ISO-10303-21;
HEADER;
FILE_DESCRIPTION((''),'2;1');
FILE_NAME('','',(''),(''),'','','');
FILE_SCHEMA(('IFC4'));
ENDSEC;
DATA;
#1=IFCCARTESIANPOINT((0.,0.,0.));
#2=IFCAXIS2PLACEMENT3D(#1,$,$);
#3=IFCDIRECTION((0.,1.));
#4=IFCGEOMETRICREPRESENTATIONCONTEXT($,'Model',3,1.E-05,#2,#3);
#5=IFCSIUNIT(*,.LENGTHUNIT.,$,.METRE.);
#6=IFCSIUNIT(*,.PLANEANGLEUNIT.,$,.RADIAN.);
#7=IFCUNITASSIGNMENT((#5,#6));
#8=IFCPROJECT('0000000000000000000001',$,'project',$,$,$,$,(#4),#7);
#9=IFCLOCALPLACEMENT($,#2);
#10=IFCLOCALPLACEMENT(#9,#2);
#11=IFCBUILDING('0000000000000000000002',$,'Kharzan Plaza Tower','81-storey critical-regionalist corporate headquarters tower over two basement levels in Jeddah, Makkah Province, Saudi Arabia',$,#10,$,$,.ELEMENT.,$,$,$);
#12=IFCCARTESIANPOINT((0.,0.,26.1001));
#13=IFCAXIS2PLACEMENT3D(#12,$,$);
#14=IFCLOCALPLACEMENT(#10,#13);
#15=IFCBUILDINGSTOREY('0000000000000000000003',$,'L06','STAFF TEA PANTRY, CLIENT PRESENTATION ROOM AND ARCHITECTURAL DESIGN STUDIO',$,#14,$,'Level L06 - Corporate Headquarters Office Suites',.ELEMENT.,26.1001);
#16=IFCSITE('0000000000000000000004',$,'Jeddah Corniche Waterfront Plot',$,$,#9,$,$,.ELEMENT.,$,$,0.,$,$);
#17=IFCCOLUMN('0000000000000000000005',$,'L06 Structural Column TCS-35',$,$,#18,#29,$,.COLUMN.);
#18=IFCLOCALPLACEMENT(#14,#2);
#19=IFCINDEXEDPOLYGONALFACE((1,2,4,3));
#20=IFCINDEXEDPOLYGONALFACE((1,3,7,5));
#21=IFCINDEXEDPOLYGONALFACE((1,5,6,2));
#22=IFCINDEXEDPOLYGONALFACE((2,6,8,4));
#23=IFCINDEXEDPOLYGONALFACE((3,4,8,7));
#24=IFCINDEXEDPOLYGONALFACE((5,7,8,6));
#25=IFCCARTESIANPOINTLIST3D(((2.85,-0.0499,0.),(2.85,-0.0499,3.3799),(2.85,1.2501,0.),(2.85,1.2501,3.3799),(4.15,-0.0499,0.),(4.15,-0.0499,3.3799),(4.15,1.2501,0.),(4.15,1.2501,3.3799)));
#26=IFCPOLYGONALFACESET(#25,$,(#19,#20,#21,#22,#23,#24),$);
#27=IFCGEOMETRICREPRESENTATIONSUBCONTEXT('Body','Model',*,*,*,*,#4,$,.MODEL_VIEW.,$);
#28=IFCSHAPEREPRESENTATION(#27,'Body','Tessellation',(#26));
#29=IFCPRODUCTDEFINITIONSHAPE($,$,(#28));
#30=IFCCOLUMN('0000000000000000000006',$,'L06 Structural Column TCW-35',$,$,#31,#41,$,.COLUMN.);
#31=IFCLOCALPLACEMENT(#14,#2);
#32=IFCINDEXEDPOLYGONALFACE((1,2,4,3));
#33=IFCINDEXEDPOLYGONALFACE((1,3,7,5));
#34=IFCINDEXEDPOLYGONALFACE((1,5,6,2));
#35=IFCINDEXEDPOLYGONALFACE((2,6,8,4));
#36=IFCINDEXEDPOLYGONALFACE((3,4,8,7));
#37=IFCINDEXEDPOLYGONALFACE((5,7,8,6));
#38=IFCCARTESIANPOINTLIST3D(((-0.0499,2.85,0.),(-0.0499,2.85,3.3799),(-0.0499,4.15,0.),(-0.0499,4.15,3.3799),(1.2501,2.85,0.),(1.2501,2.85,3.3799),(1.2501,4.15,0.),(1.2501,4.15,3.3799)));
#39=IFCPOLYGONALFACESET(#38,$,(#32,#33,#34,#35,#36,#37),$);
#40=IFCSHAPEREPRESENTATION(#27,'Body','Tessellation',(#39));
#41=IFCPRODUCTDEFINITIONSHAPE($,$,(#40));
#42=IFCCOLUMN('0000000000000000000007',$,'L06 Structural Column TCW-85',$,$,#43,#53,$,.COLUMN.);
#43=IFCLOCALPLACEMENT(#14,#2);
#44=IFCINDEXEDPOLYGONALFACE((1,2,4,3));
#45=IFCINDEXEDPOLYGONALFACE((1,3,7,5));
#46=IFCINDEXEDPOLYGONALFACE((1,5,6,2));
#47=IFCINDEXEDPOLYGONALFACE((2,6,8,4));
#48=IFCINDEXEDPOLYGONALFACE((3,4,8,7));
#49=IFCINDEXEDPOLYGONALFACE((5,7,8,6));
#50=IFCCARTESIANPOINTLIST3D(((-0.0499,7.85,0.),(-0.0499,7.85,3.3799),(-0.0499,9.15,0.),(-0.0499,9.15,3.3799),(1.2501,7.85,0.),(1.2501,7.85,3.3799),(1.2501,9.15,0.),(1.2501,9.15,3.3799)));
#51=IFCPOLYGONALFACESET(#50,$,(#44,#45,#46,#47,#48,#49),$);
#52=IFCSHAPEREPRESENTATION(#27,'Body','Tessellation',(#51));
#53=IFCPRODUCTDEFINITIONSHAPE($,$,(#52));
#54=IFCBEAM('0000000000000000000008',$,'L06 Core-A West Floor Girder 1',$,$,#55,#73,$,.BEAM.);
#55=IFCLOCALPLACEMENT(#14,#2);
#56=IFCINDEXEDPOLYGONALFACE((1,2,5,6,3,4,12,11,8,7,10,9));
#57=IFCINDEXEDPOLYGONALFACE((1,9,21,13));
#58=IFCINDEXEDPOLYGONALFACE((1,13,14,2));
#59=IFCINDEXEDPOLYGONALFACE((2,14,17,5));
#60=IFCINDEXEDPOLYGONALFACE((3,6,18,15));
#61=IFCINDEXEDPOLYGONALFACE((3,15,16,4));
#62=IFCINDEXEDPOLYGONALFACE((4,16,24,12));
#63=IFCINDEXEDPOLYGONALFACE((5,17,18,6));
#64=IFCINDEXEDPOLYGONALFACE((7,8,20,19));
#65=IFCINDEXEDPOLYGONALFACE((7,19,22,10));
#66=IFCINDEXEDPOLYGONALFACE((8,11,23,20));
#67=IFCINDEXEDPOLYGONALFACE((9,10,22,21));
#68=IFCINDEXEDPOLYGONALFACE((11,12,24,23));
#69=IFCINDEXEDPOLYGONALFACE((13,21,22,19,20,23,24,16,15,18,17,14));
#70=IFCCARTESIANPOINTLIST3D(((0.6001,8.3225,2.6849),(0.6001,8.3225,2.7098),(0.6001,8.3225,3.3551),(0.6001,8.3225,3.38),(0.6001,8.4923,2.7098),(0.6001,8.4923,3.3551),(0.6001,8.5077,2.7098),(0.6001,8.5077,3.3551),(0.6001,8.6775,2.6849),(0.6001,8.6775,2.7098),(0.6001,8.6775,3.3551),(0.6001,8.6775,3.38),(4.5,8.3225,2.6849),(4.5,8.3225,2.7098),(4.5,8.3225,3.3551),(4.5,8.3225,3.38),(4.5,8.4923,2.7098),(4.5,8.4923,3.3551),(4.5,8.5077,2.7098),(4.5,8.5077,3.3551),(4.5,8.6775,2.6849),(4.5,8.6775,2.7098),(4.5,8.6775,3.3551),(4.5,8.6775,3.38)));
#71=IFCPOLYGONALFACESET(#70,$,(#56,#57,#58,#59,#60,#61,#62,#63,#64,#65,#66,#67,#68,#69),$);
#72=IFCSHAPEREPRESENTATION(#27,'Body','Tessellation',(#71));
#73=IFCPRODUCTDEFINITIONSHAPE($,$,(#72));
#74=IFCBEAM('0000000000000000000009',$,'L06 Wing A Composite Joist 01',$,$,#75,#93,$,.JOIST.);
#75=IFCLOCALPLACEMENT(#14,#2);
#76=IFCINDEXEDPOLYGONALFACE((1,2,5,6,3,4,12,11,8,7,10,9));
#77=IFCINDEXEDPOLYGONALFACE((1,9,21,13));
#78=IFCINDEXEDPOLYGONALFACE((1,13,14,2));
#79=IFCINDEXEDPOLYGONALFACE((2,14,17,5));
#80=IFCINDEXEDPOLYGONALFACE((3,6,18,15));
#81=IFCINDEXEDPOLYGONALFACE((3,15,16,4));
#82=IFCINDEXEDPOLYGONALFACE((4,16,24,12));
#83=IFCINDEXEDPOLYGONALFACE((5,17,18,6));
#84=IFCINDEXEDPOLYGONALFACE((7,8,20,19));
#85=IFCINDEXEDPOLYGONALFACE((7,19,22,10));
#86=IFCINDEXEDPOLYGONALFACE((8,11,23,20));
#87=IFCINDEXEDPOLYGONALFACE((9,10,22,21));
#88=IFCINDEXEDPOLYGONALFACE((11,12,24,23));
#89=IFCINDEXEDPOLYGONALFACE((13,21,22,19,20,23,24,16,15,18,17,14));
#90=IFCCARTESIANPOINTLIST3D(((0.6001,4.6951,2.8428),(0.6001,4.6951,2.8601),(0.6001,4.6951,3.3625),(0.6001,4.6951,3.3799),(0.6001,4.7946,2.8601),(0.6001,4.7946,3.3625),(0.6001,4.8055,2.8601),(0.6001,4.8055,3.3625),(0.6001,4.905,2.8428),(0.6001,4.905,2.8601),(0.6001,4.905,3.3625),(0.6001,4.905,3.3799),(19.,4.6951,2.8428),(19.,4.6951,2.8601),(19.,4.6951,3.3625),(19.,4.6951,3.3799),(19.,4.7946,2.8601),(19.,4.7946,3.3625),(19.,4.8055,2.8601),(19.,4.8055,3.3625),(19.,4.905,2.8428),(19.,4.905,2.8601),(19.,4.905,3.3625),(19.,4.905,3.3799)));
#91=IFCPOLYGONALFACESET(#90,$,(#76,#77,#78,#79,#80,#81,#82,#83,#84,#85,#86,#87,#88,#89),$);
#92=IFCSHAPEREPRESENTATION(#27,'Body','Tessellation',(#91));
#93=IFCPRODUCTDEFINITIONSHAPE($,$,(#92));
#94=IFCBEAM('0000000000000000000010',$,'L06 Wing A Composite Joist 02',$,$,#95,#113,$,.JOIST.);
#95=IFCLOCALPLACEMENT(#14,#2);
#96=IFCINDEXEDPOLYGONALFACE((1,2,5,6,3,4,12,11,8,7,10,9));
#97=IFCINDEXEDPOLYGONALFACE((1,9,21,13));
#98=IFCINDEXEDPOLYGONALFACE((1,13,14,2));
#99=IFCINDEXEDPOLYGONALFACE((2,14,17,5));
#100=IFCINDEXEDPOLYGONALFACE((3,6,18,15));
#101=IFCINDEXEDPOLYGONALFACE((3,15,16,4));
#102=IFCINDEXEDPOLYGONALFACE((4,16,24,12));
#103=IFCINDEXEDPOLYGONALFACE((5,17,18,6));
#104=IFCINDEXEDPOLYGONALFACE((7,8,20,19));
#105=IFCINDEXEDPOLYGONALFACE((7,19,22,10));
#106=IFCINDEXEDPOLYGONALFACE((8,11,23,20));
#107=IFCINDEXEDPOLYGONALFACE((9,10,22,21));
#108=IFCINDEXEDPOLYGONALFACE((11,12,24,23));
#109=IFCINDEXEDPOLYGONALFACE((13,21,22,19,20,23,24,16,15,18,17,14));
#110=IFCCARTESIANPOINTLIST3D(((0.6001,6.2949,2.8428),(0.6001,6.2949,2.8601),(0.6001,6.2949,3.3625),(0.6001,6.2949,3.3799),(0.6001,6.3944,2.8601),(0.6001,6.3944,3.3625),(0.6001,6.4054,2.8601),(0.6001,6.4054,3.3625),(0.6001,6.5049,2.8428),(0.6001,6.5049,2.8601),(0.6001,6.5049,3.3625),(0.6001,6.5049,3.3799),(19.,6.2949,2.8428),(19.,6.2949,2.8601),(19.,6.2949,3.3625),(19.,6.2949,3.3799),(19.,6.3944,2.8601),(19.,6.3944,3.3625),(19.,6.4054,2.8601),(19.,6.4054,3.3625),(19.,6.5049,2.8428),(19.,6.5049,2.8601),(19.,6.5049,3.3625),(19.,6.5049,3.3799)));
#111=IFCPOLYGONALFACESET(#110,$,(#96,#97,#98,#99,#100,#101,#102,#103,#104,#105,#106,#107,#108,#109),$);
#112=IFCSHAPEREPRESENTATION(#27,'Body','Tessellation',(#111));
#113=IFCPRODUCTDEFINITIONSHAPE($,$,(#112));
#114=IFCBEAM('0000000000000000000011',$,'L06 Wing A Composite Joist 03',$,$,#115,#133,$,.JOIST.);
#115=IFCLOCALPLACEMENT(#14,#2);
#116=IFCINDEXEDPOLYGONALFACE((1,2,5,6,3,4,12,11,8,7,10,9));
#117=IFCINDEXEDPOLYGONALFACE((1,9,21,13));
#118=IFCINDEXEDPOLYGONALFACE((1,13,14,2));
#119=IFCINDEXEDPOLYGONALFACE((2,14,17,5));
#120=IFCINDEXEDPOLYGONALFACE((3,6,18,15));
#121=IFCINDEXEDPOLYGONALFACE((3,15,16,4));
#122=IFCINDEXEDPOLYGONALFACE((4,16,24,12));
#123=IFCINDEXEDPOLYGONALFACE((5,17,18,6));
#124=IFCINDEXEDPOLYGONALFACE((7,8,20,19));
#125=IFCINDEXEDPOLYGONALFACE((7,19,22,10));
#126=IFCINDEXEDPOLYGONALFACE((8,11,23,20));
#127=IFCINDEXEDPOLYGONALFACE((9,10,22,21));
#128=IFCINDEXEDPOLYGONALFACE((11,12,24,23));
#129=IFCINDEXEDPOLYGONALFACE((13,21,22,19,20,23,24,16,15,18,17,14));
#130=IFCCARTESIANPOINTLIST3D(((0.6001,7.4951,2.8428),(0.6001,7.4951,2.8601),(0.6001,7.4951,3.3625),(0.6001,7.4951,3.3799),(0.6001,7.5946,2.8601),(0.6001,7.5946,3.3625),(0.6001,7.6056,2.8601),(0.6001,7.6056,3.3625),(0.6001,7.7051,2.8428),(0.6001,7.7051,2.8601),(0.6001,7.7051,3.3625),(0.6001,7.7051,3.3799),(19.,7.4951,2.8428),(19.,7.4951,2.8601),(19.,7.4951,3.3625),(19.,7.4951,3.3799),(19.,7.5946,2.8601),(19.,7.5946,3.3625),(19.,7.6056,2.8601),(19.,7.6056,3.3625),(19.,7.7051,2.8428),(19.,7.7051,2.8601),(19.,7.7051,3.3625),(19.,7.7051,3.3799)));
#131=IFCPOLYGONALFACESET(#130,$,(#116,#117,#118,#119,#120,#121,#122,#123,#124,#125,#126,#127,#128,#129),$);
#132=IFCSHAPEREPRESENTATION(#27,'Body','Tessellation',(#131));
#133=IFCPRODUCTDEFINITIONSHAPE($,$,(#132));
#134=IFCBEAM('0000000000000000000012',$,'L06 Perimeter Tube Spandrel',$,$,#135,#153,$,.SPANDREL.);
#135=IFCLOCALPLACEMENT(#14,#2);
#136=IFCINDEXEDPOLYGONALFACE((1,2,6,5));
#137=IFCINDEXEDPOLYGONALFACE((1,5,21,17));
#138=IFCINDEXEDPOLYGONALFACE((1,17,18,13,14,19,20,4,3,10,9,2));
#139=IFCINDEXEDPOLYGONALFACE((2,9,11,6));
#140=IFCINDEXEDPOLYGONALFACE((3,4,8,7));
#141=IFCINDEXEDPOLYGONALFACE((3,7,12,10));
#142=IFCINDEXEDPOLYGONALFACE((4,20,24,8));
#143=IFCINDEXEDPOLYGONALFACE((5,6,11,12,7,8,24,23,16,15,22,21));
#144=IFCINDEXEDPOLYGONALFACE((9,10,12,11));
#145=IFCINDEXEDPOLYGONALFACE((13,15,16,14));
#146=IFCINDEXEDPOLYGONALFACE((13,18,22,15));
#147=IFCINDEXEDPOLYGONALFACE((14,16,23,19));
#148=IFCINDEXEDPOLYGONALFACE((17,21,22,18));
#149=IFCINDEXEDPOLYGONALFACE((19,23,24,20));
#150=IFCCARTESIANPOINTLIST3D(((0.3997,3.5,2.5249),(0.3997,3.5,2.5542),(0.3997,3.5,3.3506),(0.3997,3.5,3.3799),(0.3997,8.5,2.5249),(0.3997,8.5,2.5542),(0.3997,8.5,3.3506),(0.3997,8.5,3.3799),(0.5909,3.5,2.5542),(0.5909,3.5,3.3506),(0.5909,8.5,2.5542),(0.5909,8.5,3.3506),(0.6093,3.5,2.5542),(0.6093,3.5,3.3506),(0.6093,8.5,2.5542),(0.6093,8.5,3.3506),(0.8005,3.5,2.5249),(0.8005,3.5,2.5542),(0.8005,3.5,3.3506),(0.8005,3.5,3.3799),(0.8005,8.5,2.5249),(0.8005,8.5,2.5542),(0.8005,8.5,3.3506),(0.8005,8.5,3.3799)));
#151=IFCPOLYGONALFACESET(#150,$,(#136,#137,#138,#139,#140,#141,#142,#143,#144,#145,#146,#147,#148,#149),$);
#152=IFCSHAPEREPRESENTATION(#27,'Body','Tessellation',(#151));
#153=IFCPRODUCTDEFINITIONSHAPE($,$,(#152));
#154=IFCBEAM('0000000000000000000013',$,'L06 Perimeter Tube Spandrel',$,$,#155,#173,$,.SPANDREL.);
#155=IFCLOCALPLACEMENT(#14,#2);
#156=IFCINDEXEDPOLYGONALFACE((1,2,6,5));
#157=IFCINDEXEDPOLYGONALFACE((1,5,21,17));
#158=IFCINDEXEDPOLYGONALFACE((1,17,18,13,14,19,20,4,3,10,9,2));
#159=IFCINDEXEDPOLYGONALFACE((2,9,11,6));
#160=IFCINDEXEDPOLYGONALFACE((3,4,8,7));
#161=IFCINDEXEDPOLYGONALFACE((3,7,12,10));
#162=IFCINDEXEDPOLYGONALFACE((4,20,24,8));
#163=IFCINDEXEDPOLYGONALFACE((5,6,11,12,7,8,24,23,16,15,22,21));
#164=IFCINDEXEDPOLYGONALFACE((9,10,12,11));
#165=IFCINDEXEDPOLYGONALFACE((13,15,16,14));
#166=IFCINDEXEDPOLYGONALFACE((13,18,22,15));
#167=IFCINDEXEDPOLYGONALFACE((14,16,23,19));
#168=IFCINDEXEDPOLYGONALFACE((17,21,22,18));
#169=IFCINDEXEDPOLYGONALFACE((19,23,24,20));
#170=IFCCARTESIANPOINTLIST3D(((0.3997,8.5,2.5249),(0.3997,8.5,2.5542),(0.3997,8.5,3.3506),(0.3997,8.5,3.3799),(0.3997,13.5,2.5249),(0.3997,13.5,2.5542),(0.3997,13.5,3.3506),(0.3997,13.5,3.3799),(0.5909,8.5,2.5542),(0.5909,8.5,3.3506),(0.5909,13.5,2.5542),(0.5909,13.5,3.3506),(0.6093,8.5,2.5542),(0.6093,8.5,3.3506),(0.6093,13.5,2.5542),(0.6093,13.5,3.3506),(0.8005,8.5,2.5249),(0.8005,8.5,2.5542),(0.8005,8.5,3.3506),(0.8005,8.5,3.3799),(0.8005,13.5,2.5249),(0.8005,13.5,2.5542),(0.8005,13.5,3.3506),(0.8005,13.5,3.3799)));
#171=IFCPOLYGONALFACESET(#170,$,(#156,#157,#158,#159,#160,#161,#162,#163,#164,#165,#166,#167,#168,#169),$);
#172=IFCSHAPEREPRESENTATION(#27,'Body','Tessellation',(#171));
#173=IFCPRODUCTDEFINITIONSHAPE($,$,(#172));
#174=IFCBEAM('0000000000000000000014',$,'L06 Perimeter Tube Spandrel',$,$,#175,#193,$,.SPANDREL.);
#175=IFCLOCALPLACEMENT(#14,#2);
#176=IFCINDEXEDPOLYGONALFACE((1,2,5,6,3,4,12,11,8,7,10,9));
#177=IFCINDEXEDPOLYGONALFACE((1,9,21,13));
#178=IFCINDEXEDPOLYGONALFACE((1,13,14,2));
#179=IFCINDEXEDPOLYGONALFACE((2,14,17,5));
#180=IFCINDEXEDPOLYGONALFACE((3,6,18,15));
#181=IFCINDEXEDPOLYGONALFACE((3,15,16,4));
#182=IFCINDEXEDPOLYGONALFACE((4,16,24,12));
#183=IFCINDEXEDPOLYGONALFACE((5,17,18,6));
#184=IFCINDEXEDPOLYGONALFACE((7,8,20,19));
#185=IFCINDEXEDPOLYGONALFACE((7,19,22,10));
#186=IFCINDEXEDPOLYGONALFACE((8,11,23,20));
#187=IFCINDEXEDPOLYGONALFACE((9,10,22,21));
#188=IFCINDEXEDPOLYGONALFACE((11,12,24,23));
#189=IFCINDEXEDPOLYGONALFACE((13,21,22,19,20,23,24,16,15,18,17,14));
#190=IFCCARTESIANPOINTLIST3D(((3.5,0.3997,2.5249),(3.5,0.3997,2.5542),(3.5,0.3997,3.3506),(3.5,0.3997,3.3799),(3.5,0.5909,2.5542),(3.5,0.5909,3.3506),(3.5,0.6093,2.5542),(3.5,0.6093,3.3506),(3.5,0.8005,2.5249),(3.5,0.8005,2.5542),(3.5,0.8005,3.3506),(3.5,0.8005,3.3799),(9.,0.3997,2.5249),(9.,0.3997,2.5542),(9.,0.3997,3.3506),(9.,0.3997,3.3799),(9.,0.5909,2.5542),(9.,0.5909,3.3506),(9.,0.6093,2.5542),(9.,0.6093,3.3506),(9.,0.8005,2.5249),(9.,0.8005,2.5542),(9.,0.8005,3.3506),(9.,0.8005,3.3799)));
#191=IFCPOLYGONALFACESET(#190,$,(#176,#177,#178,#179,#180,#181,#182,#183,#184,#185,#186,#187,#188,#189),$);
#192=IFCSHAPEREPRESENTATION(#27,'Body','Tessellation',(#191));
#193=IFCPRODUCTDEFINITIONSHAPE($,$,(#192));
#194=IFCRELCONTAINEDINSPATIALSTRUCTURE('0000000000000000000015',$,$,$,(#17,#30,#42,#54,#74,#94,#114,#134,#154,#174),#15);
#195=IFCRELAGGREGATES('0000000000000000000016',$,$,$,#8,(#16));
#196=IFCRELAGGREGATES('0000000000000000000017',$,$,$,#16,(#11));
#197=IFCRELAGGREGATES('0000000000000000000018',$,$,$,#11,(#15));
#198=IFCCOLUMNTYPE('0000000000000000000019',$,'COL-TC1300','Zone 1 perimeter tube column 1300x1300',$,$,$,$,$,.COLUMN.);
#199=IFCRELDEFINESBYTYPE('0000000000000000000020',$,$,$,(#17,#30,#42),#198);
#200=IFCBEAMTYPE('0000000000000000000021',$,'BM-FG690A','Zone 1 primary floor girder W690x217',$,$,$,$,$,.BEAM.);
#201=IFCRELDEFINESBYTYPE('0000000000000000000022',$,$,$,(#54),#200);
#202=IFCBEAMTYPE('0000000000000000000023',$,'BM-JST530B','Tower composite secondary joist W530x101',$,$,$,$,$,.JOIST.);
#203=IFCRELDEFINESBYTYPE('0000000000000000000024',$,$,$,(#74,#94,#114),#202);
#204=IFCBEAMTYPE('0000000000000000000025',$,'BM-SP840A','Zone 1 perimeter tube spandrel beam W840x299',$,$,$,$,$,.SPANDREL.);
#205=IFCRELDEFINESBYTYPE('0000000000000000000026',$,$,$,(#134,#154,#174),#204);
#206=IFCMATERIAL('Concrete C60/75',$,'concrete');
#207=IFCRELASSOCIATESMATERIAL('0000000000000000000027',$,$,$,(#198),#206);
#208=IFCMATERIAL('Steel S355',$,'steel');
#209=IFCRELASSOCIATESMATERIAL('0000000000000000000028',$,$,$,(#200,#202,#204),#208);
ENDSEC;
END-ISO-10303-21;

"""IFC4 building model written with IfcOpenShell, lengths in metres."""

from ifc_helpers import new_model, si_unit, direction, frame, origin, origin_2d, place, context, subcontext, project, spatial, rectangle, i_section, extrude, source, transform, mapped, material, material_profile, profile_set, type_object, element, save


model = new_model("IFC4")

# Units and contexts
model_context = context("Model", 3, precision=1e-05, world=origin(), true_north=direction((0.0, 1.0)))
body_context = subcontext(model_context, "Body", "Model", "MODEL_VIEW")
ifc_project = project(units=[si_unit("LENGTHUNIT", "METRE"), si_unit("PLANEANGLEUNIT", "RADIAN")], contexts=[model_context])

# Site, building, storey
site_placement = place(None, origin())
site = spatial("IfcSite", under=ifc_project, at=site_placement, Name="Jeddah Corniche Waterfront Plot", CompositionType="ELEMENT", RefElevation=0.0)
building_placement = place(site_placement, origin())
building = spatial("IfcBuilding", under=site, at=building_placement, Name="Kharzan Plaza Tower", Description="81-storey critical-regionalist corporate headquarters tower over two basement levels in Jeddah, Makkah Province, Saudi Arabia", CompositionType="ELEMENT")
storey_placement = place(building_placement, frame((0.0, 0.0, 26.1001)))
storey = spatial("IfcBuildingStorey", under=building, at=storey_placement, Name="L06", Description="STAFF TEA PANTRY, CLIENT PRESENTATION ROOM AND ARCHITECTURAL DESIGN STUDIO", LongName="Level L06 - Corporate Headquarters Office Suites", CompositionType="ELEMENT", Elevation=26.1001)

# Columns
ifc_material_1 = material(Name="Concrete C60/75", Category="concrete")
ifc_material_profile_1 = material_profile(ifc_material_1, rectangle(XDim=1.3, YDim=1.3, at=origin_2d()), Name="RC-TC1300x1300")
ifc_profile_set_1 = profile_set([ifc_material_profile_1], Name="Concrete C60/75")
column_type = type_object("IfcColumnType", Name="COL-TC1300", Description="Zone 1 perimeter tube column 1300x1300", PredefinedType="COLUMN", material=ifc_profile_set_1)
shared_shape_1 = source(origin(), body_context, "Body", "SweptSolid", [
    extrude(rectangle(XDim=1.3, YDim=1.3, at=origin_2d()), origin(), (0.0, 0.0, 1.0), 3.3799),
])
for number, where, z_axis, x_axis, name in (
    (1, (3.5, 0.6001, 0.0), (0.0, 0.0, 1.0), (1.0, 0.0, 0.0), "L06 Structural Column TCS-35"),
    (2, (0.6001, 3.5, 0.0), (0.0, 0.0, 1.0), (1.0, 0.0, 0.0), "L06 Structural Column TCW-35"),
    (3, (0.6001, 8.5, 0.0), (0.0, 0.0, 1.0), (1.0, 0.0, 0.0), "L06 Structural Column TCW-85"),
):
    element("IfcColumn", number, at=place(storey_placement, frame(where, z_axis=z_axis, x_axis=x_axis)), inside=storey, type_object=column_type, Name=name, PredefinedType="COLUMN", context=body_context, shape_type="MappedRepresentation", body=[
        mapped(shared_shape_1, transform((0.0, 0.0, 0.0), x_axis=(1.0, 0.0, 0.0), y_axis=(0.0, 1.0, 0.0), z_axis=(0.0, 0.0, 1.0))),
    ])

# Beams
ifc_material_2 = material(Name="Steel S355", Category="steel")
ifc_material_profile_2 = material_profile(ifc_material_2, i_section(OverallWidth=0.355, OverallDepth=0.6951, WebThickness=0.0154, FlangeThickness=0.0249, at=origin_2d()), Name="W690x217")
ifc_profile_set_2 = profile_set([ifc_material_profile_2], Name="Steel S355")
beam_type_1 = type_object("IfcBeamType", Name="BM-FG690A", Description="Zone 1 primary floor girder W690x217", PredefinedType="BEAM", material=ifc_profile_set_2)
shared_shape_2 = source(origin(), body_context, "Body", "SweptSolid", [
    extrude(i_section(OverallWidth=0.355, OverallDepth=0.6951, WebThickness=0.0154, FlangeThickness=0.0249, at=origin_2d()), origin(), (0.0, 0.0, 1.0), 3.8999),
])
beam_1_placement = place(storey_placement, frame((0.6001, 8.5, 3.0325), z_axis=(1.0, 0.0, 0.0), x_axis=(0.0, 1.0, 0.0)))
element("IfcBeam", 4, at=beam_1_placement, inside=storey, type_object=beam_type_1, Name="L06 Core-A West Floor Girder 1", PredefinedType="BEAM", context=body_context, shape_type="MappedRepresentation", body=[
    mapped(shared_shape_2, transform((0.0, 0.0, 0.0), x_axis=(1.0, 0.0, 0.0), y_axis=(0.0, 1.0, 0.0), z_axis=(0.0, 0.0, 1.0))),
])
ifc_material_profile_3 = material_profile(ifc_material_2, i_section(OverallWidth=0.21, OverallDepth=0.5371, WebThickness=0.011, FlangeThickness=0.0173, at=origin_2d()), Name="W530x101")
ifc_profile_set_3 = profile_set([ifc_material_profile_3], Name="Steel S355")
beam_type_2 = type_object("IfcBeamType", Name="BM-JST530B", Description="Tower composite secondary joist W530x101", PredefinedType="JOIST", material=ifc_profile_set_3)
shared_shape_3 = source(origin(), body_context, "Body", "SweptSolid", [
    extrude(i_section(OverallWidth=0.21, OverallDepth=0.5371, WebThickness=0.011, FlangeThickness=0.0173, at=origin_2d()), origin(), (0.0, 0.0, 1.0), 18.3999),
])
for number, where, z_axis, x_axis, name in (
    (5, (0.6001, 4.8, 3.1113), (1.0, 0.0, 0.0), (0.0, 1.0, 0.0), "L06 Wing A Composite Joist 01"),
    (6, (0.6001, 6.3999, 3.1113), (1.0, 0.0, 0.0), (0.0, 1.0, 0.0), "L06 Wing A Composite Joist 02"),
    (7, (0.6001, 7.6001, 3.1113), (1.0, 0.0, 0.0), (0.0, 1.0, 0.0), "L06 Wing A Composite Joist 03"),
):
    element("IfcBeam", number, at=place(storey_placement, frame(where, z_axis=z_axis, x_axis=x_axis)), inside=storey, type_object=beam_type_2, Name=name, PredefinedType="JOIST", context=body_context, shape_type="MappedRepresentation", body=[
        mapped(shared_shape_3, transform((0.0, 0.0, 0.0), x_axis=(1.0, 0.0, 0.0), y_axis=(0.0, 1.0, 0.0), z_axis=(0.0, 0.0, 1.0))),
    ])
ifc_material_profile_4 = material_profile(ifc_material_2, i_section(OverallWidth=0.4009, OverallDepth=0.855, WebThickness=0.0183, FlangeThickness=0.0293, at=origin_2d()), Name="W840x299")
ifc_profile_set_4 = profile_set([ifc_material_profile_4], Name="Steel S355")
beam_type_3 = type_object("IfcBeamType", Name="BM-SP840A", Description="Zone 1 perimeter tube spandrel beam W840x299", PredefinedType="SPANDREL", material=ifc_profile_set_4)
shared_shape_4 = source(origin(), body_context, "Body", "SweptSolid", [
    extrude(i_section(OverallWidth=0.4009, OverallDepth=0.855, WebThickness=0.0183, FlangeThickness=0.0293, at=origin_2d()), origin(), (0.0, 0.0, 1.0), 5.0),
])
for number, where, z_axis, x_axis, name in (
    (8, (0.6001, 3.5, 2.9524), (0.0, 1.0, 0.0), (-1.0, 0.0, 0.0), "L06 Perimeter Tube Spandrel"),
    (9, (0.6001, 8.5, 2.9524), (0.0, 1.0, 0.0), (-1.0, 0.0, 0.0), "L06 Perimeter Tube Spandrel"),
):
    element("IfcBeam", number, at=place(storey_placement, frame(where, z_axis=z_axis, x_axis=x_axis)), inside=storey, type_object=beam_type_3, Name=name, PredefinedType="SPANDREL", context=body_context, shape_type="MappedRepresentation", body=[
        mapped(shared_shape_4, transform((0.0, 0.0, 0.0), x_axis=(1.0, 0.0, 0.0), y_axis=(0.0, 1.0, 0.0), z_axis=(0.0, 0.0, 1.0))),
    ])
shared_shape_5 = source(origin(), body_context, "Body", "SweptSolid", [
    extrude(i_section(OverallWidth=0.4009, OverallDepth=0.855, WebThickness=0.0183, FlangeThickness=0.0293, at=origin_2d()), origin(), (0.0, 0.0, 1.0), 5.5),
])
beam_2_placement = place(storey_placement, frame((3.5, 0.6001, 2.9524), z_axis=(1.0, 0.0, 0.0), x_axis=(0.0, 1.0, 0.0)))
element("IfcBeam", 10, at=beam_2_placement, inside=storey, type_object=beam_type_3, Name="L06 Perimeter Tube Spandrel", PredefinedType="SPANDREL", context=body_context, shape_type="MappedRepresentation", body=[
    mapped(shared_shape_5, transform((0.0, 0.0, 0.0), x_axis=(1.0, 0.0, 0.0), y_axis=(0.0, 1.0, 0.0), z_axis=(0.0, 0.0, 1.0))),
])

save(model, "model.ifc")
